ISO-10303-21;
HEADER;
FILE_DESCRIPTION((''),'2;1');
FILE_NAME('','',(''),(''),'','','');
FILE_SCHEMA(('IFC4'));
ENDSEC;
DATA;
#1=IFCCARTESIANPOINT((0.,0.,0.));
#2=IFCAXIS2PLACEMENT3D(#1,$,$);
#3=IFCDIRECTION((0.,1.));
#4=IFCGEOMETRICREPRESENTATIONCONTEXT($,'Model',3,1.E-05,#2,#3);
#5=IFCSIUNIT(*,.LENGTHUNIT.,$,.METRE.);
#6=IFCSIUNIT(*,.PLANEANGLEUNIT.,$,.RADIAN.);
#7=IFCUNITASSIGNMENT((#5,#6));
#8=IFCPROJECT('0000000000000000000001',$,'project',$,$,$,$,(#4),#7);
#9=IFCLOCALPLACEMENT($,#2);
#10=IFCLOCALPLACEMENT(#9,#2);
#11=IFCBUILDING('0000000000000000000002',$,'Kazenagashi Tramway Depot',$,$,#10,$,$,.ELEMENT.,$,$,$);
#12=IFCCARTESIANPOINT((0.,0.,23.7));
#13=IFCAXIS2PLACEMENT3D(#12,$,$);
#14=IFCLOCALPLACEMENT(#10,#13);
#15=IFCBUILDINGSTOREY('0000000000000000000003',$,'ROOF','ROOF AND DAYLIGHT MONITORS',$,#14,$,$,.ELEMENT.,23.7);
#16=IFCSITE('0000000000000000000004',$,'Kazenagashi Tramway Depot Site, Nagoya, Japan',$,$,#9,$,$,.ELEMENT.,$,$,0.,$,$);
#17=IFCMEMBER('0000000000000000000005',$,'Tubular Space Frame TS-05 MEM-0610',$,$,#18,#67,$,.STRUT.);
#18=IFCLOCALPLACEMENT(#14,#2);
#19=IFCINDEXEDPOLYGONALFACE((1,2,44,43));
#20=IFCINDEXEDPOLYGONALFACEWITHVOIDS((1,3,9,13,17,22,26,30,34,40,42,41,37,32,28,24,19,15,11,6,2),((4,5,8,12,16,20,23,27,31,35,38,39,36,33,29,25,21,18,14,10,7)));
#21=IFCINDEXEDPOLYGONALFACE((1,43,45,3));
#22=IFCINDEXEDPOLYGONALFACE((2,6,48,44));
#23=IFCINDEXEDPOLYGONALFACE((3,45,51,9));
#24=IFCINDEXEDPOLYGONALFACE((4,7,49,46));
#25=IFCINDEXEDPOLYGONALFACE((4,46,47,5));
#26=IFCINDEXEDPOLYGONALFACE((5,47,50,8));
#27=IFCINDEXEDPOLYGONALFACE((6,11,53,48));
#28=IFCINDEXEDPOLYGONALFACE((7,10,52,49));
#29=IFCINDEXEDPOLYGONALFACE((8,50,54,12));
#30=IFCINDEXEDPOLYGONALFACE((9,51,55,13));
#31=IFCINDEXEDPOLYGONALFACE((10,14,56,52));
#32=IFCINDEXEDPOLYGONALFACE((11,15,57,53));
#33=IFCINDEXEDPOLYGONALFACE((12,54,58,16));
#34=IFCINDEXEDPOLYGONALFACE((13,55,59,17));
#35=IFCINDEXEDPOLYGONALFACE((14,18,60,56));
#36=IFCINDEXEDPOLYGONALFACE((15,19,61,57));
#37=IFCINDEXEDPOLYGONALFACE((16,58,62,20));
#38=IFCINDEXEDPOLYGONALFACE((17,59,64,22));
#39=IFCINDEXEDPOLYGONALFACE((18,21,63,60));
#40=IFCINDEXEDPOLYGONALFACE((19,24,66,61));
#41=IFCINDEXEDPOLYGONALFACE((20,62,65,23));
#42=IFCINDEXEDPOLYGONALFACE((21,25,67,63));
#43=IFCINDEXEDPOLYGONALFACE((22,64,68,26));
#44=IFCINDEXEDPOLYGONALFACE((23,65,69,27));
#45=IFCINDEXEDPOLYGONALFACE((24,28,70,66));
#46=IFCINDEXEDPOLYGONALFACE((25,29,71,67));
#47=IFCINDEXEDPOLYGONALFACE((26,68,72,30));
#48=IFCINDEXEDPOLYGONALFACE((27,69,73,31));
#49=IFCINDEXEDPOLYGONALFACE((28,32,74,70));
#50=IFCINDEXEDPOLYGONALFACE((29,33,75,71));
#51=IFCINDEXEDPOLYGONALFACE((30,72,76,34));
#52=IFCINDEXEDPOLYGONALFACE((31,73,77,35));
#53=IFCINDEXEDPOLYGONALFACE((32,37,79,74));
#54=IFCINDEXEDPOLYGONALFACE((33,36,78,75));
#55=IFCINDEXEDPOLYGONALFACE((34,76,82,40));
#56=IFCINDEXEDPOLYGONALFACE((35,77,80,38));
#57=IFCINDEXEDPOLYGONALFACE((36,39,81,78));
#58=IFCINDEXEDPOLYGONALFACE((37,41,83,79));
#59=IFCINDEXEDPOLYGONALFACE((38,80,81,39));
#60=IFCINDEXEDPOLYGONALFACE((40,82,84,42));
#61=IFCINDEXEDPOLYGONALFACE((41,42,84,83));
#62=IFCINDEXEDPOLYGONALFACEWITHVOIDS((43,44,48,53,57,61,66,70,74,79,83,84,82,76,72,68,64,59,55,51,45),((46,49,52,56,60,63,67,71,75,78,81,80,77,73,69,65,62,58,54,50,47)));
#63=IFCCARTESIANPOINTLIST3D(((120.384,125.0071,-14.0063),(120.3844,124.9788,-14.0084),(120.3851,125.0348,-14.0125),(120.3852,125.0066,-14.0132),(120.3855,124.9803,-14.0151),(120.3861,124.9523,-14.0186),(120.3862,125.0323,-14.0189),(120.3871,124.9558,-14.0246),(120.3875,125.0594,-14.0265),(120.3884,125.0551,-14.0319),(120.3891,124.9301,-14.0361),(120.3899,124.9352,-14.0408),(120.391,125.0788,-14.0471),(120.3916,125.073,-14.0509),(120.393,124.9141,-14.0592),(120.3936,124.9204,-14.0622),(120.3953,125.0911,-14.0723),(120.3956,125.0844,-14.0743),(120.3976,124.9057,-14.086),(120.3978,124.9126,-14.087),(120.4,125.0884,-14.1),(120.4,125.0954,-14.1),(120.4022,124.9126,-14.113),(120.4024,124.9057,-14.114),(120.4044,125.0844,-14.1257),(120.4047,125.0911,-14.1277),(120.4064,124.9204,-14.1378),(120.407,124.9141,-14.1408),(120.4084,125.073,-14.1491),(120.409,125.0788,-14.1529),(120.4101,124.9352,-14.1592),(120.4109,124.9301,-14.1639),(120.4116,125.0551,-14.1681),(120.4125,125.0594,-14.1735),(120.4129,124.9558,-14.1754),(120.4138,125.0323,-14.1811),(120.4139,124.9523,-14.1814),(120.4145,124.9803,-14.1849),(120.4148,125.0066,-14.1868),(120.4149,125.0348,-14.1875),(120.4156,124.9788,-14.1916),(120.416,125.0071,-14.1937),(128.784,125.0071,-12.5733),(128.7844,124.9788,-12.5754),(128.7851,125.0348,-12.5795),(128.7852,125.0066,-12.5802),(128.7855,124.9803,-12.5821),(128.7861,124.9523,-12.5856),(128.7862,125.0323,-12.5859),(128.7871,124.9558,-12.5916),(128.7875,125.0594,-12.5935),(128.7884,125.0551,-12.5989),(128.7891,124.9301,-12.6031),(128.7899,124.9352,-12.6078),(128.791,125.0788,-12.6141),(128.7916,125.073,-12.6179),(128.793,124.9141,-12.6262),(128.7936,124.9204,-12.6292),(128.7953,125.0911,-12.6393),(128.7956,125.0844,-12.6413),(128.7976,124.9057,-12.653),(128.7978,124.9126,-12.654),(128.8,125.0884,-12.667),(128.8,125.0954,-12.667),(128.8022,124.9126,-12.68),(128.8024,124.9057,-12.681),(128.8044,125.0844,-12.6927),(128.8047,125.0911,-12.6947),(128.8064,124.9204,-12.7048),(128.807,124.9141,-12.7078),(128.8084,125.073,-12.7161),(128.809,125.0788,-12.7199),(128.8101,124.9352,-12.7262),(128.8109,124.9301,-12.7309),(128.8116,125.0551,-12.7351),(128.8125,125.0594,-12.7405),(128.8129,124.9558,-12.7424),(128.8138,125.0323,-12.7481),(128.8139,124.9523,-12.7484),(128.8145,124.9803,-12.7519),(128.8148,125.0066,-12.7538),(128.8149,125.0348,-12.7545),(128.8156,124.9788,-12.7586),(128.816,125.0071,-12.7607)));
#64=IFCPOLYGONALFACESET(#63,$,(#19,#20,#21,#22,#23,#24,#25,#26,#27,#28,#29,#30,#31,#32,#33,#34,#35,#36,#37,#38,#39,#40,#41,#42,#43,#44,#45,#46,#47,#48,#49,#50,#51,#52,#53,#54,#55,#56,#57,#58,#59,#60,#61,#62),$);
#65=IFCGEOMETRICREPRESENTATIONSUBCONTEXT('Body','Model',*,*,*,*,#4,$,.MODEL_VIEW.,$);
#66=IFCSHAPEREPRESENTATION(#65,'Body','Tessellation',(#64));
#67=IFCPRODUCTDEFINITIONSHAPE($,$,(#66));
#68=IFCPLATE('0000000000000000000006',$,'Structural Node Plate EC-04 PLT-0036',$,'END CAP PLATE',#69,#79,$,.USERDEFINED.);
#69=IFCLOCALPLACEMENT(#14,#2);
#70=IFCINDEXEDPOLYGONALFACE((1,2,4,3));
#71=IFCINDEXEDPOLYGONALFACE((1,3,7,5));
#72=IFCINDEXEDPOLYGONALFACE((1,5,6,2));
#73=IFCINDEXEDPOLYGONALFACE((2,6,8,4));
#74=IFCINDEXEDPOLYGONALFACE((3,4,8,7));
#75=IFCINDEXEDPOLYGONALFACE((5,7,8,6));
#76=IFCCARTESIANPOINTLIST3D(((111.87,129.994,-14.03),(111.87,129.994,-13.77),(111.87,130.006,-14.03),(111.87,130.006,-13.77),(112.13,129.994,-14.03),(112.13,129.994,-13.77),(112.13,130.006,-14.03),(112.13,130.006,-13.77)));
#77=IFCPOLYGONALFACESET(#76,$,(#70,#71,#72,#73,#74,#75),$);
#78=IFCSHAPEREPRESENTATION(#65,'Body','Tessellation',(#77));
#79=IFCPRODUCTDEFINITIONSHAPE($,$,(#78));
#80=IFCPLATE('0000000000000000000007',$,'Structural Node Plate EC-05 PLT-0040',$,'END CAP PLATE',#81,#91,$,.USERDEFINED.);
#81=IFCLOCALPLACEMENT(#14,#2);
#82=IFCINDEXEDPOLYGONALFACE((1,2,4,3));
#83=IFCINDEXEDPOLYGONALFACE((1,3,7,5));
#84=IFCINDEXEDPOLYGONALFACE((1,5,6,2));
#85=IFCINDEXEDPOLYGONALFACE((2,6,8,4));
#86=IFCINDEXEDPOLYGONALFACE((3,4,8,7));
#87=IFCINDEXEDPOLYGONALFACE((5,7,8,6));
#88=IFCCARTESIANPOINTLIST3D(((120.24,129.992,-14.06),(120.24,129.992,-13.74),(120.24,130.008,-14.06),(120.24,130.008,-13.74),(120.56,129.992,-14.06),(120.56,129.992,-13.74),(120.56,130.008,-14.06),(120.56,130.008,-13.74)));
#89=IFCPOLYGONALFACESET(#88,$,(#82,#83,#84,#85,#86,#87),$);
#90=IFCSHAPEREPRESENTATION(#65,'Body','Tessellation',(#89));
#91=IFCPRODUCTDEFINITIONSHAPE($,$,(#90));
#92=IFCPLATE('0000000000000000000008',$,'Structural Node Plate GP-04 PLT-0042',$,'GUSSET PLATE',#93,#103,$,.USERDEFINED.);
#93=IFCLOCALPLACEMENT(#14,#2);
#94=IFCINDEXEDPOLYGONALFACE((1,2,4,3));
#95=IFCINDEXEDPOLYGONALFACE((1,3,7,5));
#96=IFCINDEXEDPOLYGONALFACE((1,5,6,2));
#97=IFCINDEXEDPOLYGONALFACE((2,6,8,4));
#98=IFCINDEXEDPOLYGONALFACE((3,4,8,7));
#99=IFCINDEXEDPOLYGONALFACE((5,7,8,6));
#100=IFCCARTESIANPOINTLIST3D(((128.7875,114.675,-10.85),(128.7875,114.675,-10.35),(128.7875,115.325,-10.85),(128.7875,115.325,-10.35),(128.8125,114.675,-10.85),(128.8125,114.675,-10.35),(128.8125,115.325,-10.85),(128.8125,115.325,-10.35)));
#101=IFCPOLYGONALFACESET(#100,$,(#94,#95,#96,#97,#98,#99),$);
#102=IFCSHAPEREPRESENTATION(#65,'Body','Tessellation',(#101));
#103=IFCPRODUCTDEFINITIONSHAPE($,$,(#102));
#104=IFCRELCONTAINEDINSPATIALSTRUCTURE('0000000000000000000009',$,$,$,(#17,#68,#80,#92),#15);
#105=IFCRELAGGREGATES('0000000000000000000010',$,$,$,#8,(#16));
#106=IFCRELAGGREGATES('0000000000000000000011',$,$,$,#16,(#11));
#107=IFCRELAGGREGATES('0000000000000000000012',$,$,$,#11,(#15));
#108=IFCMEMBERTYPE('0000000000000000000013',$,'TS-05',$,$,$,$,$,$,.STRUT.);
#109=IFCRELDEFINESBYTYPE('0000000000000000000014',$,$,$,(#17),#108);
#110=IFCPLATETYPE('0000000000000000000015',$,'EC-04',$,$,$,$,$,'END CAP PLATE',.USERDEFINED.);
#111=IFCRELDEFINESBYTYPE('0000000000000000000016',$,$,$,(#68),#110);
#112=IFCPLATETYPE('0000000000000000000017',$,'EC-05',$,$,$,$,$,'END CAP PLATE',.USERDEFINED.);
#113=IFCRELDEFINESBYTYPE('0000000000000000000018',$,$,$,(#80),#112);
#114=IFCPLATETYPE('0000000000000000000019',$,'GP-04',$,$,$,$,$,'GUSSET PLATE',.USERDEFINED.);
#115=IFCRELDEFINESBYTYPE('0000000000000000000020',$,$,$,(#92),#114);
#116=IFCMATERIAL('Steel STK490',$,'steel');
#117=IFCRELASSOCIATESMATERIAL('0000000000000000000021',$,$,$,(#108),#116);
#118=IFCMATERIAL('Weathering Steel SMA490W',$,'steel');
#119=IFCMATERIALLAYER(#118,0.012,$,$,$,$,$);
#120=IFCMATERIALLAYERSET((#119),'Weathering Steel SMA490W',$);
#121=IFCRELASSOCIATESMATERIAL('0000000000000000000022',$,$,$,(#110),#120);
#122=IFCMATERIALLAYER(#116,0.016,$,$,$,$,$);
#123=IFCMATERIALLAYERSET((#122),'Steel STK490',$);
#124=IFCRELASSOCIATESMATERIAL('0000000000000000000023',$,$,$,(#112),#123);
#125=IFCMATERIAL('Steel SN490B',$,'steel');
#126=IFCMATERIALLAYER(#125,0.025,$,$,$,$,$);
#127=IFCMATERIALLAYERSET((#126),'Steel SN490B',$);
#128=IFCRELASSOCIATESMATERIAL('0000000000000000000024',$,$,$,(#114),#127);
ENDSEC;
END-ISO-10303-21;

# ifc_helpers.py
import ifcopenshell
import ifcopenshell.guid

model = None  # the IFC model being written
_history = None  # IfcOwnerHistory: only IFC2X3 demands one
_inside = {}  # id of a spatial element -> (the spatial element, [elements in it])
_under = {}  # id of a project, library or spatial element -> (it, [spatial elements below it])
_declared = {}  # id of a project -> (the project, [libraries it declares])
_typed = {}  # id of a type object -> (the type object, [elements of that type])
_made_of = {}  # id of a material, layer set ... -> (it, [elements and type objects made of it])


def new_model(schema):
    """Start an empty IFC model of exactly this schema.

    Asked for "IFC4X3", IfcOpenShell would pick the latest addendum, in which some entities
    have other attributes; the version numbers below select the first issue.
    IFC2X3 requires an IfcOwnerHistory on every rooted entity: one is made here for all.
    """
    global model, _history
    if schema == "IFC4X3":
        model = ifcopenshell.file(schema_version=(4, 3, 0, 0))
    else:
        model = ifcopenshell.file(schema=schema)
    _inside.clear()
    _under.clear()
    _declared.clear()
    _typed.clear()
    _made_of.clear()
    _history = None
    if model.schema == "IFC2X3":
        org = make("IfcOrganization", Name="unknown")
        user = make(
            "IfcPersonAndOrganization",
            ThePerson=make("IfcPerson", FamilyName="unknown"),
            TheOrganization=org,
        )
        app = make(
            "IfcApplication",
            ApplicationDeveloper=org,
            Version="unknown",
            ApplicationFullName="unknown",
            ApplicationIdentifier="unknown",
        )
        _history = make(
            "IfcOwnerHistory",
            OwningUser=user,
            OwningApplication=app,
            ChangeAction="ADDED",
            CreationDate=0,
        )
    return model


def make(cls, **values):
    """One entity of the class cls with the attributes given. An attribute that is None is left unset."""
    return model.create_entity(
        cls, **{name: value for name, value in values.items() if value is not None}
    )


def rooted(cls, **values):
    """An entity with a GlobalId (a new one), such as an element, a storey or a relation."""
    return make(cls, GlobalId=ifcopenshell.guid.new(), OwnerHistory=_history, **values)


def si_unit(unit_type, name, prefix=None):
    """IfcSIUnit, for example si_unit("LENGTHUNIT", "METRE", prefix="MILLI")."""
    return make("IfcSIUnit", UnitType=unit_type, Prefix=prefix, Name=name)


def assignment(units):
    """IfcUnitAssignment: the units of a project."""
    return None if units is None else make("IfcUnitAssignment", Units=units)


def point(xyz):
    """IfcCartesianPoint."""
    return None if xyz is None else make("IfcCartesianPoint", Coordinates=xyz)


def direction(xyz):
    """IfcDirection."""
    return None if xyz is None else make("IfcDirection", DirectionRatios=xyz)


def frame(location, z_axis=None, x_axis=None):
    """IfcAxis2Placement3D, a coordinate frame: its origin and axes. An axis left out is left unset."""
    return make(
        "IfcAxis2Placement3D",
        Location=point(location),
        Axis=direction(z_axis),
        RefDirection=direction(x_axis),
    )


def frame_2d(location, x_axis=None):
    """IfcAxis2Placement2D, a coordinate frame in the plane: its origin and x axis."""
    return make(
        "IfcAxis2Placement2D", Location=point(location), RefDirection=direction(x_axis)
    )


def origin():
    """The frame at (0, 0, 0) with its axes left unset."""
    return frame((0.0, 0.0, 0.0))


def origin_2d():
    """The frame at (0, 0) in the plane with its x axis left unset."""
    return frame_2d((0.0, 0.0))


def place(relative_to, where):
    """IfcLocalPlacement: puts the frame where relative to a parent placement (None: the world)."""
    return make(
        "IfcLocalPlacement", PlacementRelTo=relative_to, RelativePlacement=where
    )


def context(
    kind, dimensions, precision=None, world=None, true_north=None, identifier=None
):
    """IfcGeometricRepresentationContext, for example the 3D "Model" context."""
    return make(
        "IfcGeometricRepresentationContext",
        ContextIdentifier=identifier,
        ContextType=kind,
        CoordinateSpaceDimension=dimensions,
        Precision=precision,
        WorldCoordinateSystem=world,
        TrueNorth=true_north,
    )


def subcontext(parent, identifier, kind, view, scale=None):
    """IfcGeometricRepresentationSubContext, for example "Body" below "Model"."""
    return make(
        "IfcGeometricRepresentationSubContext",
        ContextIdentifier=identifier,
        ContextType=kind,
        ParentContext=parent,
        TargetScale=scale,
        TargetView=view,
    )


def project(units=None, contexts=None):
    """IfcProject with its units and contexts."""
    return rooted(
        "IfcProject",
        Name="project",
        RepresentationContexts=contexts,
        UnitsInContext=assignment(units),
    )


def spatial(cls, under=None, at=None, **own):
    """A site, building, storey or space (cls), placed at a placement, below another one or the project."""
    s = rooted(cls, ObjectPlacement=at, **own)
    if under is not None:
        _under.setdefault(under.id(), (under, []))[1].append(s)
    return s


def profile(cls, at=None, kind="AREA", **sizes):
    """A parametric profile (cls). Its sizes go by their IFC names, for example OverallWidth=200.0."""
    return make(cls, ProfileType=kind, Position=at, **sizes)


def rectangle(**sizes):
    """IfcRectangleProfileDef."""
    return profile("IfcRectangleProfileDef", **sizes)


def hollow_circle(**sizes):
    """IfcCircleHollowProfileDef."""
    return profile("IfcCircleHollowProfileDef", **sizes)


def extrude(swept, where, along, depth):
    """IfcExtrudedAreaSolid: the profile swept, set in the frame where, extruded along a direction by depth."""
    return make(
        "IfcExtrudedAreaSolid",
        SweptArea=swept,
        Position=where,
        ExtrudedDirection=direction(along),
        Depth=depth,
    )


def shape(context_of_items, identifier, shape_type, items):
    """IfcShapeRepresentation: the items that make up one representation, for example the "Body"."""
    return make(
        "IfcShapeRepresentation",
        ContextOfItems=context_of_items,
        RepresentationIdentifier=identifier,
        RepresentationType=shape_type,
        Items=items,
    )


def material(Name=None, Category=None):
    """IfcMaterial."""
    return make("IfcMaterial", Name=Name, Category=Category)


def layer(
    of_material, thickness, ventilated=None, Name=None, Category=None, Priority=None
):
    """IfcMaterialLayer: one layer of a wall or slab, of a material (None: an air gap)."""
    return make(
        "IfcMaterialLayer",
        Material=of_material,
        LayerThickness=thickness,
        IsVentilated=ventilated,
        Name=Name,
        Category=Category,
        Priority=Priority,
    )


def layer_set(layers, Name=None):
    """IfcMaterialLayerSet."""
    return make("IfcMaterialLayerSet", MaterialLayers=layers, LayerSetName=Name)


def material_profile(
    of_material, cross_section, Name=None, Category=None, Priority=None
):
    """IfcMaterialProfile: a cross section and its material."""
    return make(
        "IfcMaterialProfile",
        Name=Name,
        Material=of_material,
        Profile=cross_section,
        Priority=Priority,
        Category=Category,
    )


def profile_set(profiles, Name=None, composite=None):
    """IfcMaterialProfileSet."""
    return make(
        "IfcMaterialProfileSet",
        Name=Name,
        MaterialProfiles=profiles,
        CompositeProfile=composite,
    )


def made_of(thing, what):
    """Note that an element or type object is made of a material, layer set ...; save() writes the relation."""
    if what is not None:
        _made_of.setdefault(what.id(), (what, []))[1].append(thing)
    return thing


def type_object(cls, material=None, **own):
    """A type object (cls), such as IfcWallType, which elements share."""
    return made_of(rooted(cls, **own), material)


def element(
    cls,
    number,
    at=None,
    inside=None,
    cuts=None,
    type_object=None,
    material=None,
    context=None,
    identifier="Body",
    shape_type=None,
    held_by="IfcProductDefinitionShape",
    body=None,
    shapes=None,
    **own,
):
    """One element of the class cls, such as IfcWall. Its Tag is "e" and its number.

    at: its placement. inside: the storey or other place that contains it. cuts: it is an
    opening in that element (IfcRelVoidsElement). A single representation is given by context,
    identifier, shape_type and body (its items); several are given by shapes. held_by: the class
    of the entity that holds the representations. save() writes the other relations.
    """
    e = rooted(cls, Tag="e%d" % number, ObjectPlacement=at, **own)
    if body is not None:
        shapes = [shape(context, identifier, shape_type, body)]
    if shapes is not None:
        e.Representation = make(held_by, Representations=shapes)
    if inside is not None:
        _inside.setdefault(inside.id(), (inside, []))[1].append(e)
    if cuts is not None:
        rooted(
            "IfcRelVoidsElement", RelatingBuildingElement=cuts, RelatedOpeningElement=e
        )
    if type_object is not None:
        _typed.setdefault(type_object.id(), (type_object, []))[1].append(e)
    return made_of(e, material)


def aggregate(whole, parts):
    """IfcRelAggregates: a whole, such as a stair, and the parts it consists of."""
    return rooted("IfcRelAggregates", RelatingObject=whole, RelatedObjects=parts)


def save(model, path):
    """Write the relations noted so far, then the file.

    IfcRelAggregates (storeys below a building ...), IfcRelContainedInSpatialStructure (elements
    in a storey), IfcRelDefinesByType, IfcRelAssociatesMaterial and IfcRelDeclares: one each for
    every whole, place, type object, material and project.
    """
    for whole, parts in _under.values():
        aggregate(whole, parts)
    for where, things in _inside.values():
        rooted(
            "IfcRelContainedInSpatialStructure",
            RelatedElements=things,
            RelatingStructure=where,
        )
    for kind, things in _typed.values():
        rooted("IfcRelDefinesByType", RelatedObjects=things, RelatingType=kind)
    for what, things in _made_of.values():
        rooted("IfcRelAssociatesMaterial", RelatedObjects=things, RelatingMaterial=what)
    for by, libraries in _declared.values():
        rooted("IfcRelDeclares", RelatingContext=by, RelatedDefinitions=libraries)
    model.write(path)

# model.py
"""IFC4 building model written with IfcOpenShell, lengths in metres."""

from ifc_helpers import new_model, si_unit, direction, frame, origin, origin_2d, place, context, subcontext, project, spatial, rectangle, hollow_circle, extrude, material, layer, layer_set, material_profile, profile_set, type_object, element, save


model = new_model("IFC4")

# Units and contexts
model_context = context("Model", 3, precision=1e-05, world=origin(), true_north=direction((0.0, 1.0)))
body_context = subcontext(model_context, "Body", "Model", "MODEL_VIEW")
ifc_project = project(units=[si_unit("LENGTHUNIT", "METRE"), si_unit("PLANEANGLEUNIT", "RADIAN")], contexts=[model_context])

# Site, building, storey
site_placement = place(None, origin())
site = spatial("IfcSite", under=ifc_project, at=site_placement, Name="Kazenagashi Tramway Depot Site, Nagoya, Japan", CompositionType="ELEMENT", RefElevation=0.0)
building_placement = place(site_placement, origin())
building = spatial("IfcBuilding", under=site, at=building_placement, Name="Kazenagashi Tramway Depot", CompositionType="ELEMENT")
storey_placement = place(building_placement, frame((0.0, 0.0, 23.7)))
storey = spatial("IfcBuildingStorey", under=building, at=storey_placement, Name="ROOF", Description="ROOF AND DAYLIGHT MONITORS", CompositionType="ELEMENT", Elevation=23.7)

# Member
ifc_material_1 = material(Name="Steel STK490", Category="steel")
ifc_material_profile_1 = material_profile(ifc_material_1, hollow_circle(Radius=0.0954, WallThickness=0.007, at=origin_2d()), Name="CHS-190.7x7.0")
ifc_profile_set_1 = profile_set([ifc_material_profile_1], Name="Steel STK490")
member_type_1 = type_object("IfcMemberType", Name="TS-05", PredefinedType="STRUT", material=ifc_profile_set_1)
for number, where, z_axis, x_axis, name in (
    (1, (120.4, 125.0, -14.1), (0.985759, 0.0, 0.168166), (0.0, 1.0, 0.0), "Tubular Space Frame TS-05 MEM-0610"),
):
    element("IfcMember", number, at=place(storey_placement, frame(where, z_axis=z_axis, x_axis=x_axis)), inside=storey, type_object=member_type_1, Name=name, PredefinedType="STRUT", context=body_context, shape_type="SweptSolid", body=[
        extrude(hollow_circle(Radius=0.0954, WallThickness=0.007, at=origin_2d()), origin(), (0.0, 0.0, 1.0), 8.5214),
    ])

# Plates
ifc_material_2 = material(Name="Weathering Steel SMA490W", Category="steel")
ifc_layer_1 = layer(ifc_material_2, 0.012)
ifc_layer_set_1 = layer_set([ifc_layer_1], Name="Weathering Steel SMA490W")
plate_type_1 = type_object("IfcPlateType", Name="EC-04", ElementType="END CAP PLATE", PredefinedType="USERDEFINED", material=ifc_layer_set_1)
plate_1_placement = place(storey_placement, frame((112.0, 130.0, -14.03), z_axis=(0.0, 0.0, 1.0), x_axis=(1.0, 0.0, 0.0)))
element("IfcPlate", 2, at=plate_1_placement, inside=storey, type_object=plate_type_1, Name="Structural Node Plate EC-04 PLT-0036", ObjectType="END CAP PLATE", PredefinedType="USERDEFINED", context=body_context, shape_type="SweptSolid", body=[
    extrude(rectangle(XDim=0.26, YDim=0.012, at=origin_2d()), origin(), (0.0, 0.0, 1.0), 0.26),
])
ifc_layer_2 = layer(ifc_material_1, 0.016)
ifc_layer_set_2 = layer_set([ifc_layer_2], Name="Steel STK490")
plate_type_2 = type_object("IfcPlateType", Name="EC-05", ElementType="END CAP PLATE", PredefinedType="USERDEFINED", material=ifc_layer_set_2)
plate_2_placement = place(storey_placement, frame((120.4, 130.0, -14.06), z_axis=(0.0, 0.0, 1.0), x_axis=(1.0, 0.0, 0.0)))
element("IfcPlate", 3, at=plate_2_placement, inside=storey, type_object=plate_type_2, Name="Structural Node Plate EC-05 PLT-0040", ObjectType="END CAP PLATE", PredefinedType="USERDEFINED", context=body_context, shape_type="SweptSolid", body=[
    extrude(rectangle(XDim=0.32, YDim=0.016, at=origin_2d()), origin(), (0.0, 0.0, 1.0), 0.32),
])
ifc_material_3 = material(Name="Steel SN490B", Category="steel")
ifc_layer_3 = layer(ifc_material_3, 0.025)
ifc_layer_set_3 = layer_set([ifc_layer_3], Name="Steel SN490B")
plate_type_3 = type_object("IfcPlateType", Name="GP-04", ElementType="GUSSET PLATE", PredefinedType="USERDEFINED", material=ifc_layer_set_3)
plate_3_placement = place(storey_placement, frame((128.8, 115.0, -10.85), z_axis=(0.0, 0.0, 1.0), x_axis=(0.0, 1.0, 0.0)))
element("IfcPlate", 4, at=plate_3_placement, inside=storey, type_object=plate_type_3, Name="Structural Node Plate GP-04 PLT-0042", ObjectType="GUSSET PLATE", PredefinedType="USERDEFINED", context=body_context, shape_type="SweptSolid", body=[
    extrude(rectangle(XDim=0.65, YDim=0.025, at=origin_2d()), origin(), (0.0, 0.0, 1.0), 0.5),
])

save(model, "model.ifc")
